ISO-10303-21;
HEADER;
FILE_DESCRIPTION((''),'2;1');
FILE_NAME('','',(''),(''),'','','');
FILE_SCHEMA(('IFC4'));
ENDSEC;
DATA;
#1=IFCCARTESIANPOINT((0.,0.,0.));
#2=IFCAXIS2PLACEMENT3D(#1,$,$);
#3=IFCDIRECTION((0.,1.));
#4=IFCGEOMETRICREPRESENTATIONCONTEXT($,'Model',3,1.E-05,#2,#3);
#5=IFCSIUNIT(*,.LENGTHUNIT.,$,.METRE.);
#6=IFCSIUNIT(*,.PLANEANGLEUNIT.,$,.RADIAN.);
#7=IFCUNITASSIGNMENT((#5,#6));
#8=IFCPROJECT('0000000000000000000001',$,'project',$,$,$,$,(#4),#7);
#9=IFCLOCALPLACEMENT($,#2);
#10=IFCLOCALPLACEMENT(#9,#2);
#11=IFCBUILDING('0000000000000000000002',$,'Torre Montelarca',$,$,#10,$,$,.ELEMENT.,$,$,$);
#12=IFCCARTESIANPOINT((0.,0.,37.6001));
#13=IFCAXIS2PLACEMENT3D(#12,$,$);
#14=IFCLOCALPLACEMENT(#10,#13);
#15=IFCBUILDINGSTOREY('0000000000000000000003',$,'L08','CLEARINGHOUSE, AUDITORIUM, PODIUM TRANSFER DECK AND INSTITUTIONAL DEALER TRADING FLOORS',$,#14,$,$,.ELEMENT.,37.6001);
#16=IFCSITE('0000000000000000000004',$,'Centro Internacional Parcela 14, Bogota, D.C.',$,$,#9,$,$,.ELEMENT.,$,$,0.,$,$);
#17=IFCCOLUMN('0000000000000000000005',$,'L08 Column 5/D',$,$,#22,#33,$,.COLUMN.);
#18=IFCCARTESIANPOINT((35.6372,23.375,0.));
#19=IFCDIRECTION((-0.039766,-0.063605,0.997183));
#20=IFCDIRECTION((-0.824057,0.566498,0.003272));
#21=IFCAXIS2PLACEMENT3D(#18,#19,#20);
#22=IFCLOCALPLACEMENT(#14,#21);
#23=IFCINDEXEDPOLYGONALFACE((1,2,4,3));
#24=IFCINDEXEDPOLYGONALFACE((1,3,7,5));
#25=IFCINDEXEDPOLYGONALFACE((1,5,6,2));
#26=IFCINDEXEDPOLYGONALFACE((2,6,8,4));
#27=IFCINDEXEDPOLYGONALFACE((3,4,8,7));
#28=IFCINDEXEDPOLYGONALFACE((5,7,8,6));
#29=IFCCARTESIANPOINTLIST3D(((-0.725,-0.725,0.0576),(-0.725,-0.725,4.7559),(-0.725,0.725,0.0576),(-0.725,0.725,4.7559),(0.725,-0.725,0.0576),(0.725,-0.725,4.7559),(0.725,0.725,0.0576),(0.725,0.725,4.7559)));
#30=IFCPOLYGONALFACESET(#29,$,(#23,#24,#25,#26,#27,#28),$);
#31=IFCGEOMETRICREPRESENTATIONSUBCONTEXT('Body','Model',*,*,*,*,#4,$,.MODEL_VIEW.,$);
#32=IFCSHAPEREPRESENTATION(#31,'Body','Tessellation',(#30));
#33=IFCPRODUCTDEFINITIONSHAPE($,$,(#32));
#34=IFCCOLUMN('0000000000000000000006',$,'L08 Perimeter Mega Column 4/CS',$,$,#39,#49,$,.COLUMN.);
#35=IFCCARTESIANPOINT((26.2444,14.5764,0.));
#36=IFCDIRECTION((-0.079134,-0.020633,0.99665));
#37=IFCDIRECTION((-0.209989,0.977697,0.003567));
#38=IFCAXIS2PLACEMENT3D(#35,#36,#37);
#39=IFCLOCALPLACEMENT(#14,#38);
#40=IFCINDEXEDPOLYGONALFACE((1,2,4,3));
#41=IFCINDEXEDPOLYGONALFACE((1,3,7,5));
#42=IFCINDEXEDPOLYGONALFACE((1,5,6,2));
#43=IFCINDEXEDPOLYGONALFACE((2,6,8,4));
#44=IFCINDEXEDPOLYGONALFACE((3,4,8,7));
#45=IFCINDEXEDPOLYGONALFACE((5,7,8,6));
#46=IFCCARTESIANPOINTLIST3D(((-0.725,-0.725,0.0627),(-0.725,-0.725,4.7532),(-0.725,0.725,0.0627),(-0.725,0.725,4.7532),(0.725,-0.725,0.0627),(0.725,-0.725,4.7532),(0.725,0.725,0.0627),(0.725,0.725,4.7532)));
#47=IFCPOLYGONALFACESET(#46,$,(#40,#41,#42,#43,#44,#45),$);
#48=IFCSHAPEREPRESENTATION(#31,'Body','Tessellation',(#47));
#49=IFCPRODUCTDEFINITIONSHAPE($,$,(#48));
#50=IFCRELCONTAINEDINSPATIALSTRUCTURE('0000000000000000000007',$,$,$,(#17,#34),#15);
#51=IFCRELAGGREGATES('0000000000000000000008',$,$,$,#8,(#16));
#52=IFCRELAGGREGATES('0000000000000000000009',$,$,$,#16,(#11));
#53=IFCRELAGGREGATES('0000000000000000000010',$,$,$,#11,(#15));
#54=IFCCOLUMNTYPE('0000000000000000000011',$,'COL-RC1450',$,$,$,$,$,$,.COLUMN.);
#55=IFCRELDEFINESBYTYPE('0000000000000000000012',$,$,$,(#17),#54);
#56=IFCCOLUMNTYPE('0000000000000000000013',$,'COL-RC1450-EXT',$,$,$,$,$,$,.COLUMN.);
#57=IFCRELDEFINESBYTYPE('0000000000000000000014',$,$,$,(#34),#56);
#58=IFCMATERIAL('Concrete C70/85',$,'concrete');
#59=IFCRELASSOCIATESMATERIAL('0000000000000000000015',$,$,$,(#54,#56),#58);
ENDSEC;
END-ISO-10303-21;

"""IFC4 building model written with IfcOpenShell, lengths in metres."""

from ifc_helpers import new_model, si_unit, direction, frame, origin, origin_2d, place, context, subcontext, project, spatial, rectangle, extrude, clip, halfspace, material, material_profile, profile_set, type_object, element, save


model = new_model("IFC4")

# Units and contexts
model_context = context("Model", 3, precision=1e-05, world=origin(), true_north=direction((0.0, 1.0)))
body_context = subcontext(model_context, "Body", "Model", "MODEL_VIEW")
ifc_project = project(units=[si_unit("LENGTHUNIT", "METRE"), si_unit("PLANEANGLEUNIT", "RADIAN")], contexts=[model_context])

# Site, building, storey
site_placement = place(None, origin())
site = spatial("IfcSite", under=ifc_project, at=site_placement, Name="Centro Internacional Parcela 14, Bogota, D.C.", CompositionType="ELEMENT", RefElevation=0.0)
building_placement = place(site_placement, origin())
building = spatial("IfcBuilding", under=site, at=building_placement, Name="Torre Montelarca", CompositionType="ELEMENT")
storey_placement = place(building_placement, frame((0.0, 0.0, 37.6001)))
storey = spatial("IfcBuildingStorey", under=building, at=storey_placement, Name="L08", Description="CLEARINGHOUSE, AUDITORIUM, PODIUM TRANSFER DECK AND INSTITUTIONAL DEALER TRADING FLOORS", CompositionType="ELEMENT", Elevation=37.6001)

# Columns
ifc_material_1 = material(Name="Concrete C70/85", Category="concrete")
ifc_material_profile_1 = material_profile(ifc_material_1, rectangle(XDim=1.45, YDim=1.45, at=origin_2d()), Name="RC1450X1450", Category="concrete")
ifc_profile_set_1 = profile_set([ifc_material_profile_1], Name="Concrete C70/85")
column_type_1 = type_object("IfcColumnType", Name="COL-RC1450", PredefinedType="COLUMN", material=ifc_profile_set_1)
column_1_placement = place(storey_placement, frame((35.6372, 23.375, 0.0), z_axis=(-0.039766, -0.063605, 0.997183), x_axis=(-0.824057, 0.566498, 0.003272)))
element("IfcColumn", 1, at=column_1_placement, inside=storey, type_object=column_type_1, Name="L08 Column 5/D", PredefinedType="COLUMN", context=body_context, shape_type="Clipping", body=[
    clip(clip(extrude(rectangle(XDim=1.45, YDim=1.45, at=origin_2d()), origin(), (0.0, 0.0, 1.0), 4.8135), halfspace(frame((0.0, 0.0, 0.0576), z_axis=(0.0, 0.0, -1.0), x_axis=(1.0, 0.0, 0.0)), False)), halfspace(frame((0.0, 0.0, 4.7559), z_axis=(0.0, 0.0, 1.0), x_axis=(1.0, 0.0, 0.0)), False)),
])
ifc_material_profile_2 = material_profile(ifc_material_1, rectangle(XDim=1.45, YDim=1.45, at=origin_2d()), Name="RC1450X1450", Category="concrete")
ifc_profile_set_2 = profile_set([ifc_material_profile_2], Name="Concrete C70/85")
column_type_2 = type_object("IfcColumnType", Name="COL-RC1450-EXT", PredefinedType="COLUMN", material=ifc_profile_set_2)
column_2_placement = place(storey_placement, frame((26.2444, 14.5764, 0.0), z_axis=(-0.079134, -0.020633, 0.99665), x_axis=(-0.209989, 0.977697, 0.003567)))
element("IfcColumn", 2, at=column_2_placement, inside=storey, type_object=column_type_2, Name="L08 Perimeter Mega Column 4/CS", PredefinedType="COLUMN", context=body_context, shape_type="Clipping", body=[
    clip(clip(extrude(rectangle(XDim=1.45, YDim=1.45, at=origin_2d()), origin(), (0.0, 0.0, 1.0), 4.8159), halfspace(frame((0.0, 0.0, 0.0627), z_axis=(0.0, 0.0, -1.0), x_axis=(1.0, 0.0, 0.0)), False)), halfspace(frame((0.0, 0.0, 4.7532), z_axis=(0.0, 0.0, 1.0), x_axis=(1.0, 0.0, 0.0)), False)),
])

save(model, "model.ifc")
